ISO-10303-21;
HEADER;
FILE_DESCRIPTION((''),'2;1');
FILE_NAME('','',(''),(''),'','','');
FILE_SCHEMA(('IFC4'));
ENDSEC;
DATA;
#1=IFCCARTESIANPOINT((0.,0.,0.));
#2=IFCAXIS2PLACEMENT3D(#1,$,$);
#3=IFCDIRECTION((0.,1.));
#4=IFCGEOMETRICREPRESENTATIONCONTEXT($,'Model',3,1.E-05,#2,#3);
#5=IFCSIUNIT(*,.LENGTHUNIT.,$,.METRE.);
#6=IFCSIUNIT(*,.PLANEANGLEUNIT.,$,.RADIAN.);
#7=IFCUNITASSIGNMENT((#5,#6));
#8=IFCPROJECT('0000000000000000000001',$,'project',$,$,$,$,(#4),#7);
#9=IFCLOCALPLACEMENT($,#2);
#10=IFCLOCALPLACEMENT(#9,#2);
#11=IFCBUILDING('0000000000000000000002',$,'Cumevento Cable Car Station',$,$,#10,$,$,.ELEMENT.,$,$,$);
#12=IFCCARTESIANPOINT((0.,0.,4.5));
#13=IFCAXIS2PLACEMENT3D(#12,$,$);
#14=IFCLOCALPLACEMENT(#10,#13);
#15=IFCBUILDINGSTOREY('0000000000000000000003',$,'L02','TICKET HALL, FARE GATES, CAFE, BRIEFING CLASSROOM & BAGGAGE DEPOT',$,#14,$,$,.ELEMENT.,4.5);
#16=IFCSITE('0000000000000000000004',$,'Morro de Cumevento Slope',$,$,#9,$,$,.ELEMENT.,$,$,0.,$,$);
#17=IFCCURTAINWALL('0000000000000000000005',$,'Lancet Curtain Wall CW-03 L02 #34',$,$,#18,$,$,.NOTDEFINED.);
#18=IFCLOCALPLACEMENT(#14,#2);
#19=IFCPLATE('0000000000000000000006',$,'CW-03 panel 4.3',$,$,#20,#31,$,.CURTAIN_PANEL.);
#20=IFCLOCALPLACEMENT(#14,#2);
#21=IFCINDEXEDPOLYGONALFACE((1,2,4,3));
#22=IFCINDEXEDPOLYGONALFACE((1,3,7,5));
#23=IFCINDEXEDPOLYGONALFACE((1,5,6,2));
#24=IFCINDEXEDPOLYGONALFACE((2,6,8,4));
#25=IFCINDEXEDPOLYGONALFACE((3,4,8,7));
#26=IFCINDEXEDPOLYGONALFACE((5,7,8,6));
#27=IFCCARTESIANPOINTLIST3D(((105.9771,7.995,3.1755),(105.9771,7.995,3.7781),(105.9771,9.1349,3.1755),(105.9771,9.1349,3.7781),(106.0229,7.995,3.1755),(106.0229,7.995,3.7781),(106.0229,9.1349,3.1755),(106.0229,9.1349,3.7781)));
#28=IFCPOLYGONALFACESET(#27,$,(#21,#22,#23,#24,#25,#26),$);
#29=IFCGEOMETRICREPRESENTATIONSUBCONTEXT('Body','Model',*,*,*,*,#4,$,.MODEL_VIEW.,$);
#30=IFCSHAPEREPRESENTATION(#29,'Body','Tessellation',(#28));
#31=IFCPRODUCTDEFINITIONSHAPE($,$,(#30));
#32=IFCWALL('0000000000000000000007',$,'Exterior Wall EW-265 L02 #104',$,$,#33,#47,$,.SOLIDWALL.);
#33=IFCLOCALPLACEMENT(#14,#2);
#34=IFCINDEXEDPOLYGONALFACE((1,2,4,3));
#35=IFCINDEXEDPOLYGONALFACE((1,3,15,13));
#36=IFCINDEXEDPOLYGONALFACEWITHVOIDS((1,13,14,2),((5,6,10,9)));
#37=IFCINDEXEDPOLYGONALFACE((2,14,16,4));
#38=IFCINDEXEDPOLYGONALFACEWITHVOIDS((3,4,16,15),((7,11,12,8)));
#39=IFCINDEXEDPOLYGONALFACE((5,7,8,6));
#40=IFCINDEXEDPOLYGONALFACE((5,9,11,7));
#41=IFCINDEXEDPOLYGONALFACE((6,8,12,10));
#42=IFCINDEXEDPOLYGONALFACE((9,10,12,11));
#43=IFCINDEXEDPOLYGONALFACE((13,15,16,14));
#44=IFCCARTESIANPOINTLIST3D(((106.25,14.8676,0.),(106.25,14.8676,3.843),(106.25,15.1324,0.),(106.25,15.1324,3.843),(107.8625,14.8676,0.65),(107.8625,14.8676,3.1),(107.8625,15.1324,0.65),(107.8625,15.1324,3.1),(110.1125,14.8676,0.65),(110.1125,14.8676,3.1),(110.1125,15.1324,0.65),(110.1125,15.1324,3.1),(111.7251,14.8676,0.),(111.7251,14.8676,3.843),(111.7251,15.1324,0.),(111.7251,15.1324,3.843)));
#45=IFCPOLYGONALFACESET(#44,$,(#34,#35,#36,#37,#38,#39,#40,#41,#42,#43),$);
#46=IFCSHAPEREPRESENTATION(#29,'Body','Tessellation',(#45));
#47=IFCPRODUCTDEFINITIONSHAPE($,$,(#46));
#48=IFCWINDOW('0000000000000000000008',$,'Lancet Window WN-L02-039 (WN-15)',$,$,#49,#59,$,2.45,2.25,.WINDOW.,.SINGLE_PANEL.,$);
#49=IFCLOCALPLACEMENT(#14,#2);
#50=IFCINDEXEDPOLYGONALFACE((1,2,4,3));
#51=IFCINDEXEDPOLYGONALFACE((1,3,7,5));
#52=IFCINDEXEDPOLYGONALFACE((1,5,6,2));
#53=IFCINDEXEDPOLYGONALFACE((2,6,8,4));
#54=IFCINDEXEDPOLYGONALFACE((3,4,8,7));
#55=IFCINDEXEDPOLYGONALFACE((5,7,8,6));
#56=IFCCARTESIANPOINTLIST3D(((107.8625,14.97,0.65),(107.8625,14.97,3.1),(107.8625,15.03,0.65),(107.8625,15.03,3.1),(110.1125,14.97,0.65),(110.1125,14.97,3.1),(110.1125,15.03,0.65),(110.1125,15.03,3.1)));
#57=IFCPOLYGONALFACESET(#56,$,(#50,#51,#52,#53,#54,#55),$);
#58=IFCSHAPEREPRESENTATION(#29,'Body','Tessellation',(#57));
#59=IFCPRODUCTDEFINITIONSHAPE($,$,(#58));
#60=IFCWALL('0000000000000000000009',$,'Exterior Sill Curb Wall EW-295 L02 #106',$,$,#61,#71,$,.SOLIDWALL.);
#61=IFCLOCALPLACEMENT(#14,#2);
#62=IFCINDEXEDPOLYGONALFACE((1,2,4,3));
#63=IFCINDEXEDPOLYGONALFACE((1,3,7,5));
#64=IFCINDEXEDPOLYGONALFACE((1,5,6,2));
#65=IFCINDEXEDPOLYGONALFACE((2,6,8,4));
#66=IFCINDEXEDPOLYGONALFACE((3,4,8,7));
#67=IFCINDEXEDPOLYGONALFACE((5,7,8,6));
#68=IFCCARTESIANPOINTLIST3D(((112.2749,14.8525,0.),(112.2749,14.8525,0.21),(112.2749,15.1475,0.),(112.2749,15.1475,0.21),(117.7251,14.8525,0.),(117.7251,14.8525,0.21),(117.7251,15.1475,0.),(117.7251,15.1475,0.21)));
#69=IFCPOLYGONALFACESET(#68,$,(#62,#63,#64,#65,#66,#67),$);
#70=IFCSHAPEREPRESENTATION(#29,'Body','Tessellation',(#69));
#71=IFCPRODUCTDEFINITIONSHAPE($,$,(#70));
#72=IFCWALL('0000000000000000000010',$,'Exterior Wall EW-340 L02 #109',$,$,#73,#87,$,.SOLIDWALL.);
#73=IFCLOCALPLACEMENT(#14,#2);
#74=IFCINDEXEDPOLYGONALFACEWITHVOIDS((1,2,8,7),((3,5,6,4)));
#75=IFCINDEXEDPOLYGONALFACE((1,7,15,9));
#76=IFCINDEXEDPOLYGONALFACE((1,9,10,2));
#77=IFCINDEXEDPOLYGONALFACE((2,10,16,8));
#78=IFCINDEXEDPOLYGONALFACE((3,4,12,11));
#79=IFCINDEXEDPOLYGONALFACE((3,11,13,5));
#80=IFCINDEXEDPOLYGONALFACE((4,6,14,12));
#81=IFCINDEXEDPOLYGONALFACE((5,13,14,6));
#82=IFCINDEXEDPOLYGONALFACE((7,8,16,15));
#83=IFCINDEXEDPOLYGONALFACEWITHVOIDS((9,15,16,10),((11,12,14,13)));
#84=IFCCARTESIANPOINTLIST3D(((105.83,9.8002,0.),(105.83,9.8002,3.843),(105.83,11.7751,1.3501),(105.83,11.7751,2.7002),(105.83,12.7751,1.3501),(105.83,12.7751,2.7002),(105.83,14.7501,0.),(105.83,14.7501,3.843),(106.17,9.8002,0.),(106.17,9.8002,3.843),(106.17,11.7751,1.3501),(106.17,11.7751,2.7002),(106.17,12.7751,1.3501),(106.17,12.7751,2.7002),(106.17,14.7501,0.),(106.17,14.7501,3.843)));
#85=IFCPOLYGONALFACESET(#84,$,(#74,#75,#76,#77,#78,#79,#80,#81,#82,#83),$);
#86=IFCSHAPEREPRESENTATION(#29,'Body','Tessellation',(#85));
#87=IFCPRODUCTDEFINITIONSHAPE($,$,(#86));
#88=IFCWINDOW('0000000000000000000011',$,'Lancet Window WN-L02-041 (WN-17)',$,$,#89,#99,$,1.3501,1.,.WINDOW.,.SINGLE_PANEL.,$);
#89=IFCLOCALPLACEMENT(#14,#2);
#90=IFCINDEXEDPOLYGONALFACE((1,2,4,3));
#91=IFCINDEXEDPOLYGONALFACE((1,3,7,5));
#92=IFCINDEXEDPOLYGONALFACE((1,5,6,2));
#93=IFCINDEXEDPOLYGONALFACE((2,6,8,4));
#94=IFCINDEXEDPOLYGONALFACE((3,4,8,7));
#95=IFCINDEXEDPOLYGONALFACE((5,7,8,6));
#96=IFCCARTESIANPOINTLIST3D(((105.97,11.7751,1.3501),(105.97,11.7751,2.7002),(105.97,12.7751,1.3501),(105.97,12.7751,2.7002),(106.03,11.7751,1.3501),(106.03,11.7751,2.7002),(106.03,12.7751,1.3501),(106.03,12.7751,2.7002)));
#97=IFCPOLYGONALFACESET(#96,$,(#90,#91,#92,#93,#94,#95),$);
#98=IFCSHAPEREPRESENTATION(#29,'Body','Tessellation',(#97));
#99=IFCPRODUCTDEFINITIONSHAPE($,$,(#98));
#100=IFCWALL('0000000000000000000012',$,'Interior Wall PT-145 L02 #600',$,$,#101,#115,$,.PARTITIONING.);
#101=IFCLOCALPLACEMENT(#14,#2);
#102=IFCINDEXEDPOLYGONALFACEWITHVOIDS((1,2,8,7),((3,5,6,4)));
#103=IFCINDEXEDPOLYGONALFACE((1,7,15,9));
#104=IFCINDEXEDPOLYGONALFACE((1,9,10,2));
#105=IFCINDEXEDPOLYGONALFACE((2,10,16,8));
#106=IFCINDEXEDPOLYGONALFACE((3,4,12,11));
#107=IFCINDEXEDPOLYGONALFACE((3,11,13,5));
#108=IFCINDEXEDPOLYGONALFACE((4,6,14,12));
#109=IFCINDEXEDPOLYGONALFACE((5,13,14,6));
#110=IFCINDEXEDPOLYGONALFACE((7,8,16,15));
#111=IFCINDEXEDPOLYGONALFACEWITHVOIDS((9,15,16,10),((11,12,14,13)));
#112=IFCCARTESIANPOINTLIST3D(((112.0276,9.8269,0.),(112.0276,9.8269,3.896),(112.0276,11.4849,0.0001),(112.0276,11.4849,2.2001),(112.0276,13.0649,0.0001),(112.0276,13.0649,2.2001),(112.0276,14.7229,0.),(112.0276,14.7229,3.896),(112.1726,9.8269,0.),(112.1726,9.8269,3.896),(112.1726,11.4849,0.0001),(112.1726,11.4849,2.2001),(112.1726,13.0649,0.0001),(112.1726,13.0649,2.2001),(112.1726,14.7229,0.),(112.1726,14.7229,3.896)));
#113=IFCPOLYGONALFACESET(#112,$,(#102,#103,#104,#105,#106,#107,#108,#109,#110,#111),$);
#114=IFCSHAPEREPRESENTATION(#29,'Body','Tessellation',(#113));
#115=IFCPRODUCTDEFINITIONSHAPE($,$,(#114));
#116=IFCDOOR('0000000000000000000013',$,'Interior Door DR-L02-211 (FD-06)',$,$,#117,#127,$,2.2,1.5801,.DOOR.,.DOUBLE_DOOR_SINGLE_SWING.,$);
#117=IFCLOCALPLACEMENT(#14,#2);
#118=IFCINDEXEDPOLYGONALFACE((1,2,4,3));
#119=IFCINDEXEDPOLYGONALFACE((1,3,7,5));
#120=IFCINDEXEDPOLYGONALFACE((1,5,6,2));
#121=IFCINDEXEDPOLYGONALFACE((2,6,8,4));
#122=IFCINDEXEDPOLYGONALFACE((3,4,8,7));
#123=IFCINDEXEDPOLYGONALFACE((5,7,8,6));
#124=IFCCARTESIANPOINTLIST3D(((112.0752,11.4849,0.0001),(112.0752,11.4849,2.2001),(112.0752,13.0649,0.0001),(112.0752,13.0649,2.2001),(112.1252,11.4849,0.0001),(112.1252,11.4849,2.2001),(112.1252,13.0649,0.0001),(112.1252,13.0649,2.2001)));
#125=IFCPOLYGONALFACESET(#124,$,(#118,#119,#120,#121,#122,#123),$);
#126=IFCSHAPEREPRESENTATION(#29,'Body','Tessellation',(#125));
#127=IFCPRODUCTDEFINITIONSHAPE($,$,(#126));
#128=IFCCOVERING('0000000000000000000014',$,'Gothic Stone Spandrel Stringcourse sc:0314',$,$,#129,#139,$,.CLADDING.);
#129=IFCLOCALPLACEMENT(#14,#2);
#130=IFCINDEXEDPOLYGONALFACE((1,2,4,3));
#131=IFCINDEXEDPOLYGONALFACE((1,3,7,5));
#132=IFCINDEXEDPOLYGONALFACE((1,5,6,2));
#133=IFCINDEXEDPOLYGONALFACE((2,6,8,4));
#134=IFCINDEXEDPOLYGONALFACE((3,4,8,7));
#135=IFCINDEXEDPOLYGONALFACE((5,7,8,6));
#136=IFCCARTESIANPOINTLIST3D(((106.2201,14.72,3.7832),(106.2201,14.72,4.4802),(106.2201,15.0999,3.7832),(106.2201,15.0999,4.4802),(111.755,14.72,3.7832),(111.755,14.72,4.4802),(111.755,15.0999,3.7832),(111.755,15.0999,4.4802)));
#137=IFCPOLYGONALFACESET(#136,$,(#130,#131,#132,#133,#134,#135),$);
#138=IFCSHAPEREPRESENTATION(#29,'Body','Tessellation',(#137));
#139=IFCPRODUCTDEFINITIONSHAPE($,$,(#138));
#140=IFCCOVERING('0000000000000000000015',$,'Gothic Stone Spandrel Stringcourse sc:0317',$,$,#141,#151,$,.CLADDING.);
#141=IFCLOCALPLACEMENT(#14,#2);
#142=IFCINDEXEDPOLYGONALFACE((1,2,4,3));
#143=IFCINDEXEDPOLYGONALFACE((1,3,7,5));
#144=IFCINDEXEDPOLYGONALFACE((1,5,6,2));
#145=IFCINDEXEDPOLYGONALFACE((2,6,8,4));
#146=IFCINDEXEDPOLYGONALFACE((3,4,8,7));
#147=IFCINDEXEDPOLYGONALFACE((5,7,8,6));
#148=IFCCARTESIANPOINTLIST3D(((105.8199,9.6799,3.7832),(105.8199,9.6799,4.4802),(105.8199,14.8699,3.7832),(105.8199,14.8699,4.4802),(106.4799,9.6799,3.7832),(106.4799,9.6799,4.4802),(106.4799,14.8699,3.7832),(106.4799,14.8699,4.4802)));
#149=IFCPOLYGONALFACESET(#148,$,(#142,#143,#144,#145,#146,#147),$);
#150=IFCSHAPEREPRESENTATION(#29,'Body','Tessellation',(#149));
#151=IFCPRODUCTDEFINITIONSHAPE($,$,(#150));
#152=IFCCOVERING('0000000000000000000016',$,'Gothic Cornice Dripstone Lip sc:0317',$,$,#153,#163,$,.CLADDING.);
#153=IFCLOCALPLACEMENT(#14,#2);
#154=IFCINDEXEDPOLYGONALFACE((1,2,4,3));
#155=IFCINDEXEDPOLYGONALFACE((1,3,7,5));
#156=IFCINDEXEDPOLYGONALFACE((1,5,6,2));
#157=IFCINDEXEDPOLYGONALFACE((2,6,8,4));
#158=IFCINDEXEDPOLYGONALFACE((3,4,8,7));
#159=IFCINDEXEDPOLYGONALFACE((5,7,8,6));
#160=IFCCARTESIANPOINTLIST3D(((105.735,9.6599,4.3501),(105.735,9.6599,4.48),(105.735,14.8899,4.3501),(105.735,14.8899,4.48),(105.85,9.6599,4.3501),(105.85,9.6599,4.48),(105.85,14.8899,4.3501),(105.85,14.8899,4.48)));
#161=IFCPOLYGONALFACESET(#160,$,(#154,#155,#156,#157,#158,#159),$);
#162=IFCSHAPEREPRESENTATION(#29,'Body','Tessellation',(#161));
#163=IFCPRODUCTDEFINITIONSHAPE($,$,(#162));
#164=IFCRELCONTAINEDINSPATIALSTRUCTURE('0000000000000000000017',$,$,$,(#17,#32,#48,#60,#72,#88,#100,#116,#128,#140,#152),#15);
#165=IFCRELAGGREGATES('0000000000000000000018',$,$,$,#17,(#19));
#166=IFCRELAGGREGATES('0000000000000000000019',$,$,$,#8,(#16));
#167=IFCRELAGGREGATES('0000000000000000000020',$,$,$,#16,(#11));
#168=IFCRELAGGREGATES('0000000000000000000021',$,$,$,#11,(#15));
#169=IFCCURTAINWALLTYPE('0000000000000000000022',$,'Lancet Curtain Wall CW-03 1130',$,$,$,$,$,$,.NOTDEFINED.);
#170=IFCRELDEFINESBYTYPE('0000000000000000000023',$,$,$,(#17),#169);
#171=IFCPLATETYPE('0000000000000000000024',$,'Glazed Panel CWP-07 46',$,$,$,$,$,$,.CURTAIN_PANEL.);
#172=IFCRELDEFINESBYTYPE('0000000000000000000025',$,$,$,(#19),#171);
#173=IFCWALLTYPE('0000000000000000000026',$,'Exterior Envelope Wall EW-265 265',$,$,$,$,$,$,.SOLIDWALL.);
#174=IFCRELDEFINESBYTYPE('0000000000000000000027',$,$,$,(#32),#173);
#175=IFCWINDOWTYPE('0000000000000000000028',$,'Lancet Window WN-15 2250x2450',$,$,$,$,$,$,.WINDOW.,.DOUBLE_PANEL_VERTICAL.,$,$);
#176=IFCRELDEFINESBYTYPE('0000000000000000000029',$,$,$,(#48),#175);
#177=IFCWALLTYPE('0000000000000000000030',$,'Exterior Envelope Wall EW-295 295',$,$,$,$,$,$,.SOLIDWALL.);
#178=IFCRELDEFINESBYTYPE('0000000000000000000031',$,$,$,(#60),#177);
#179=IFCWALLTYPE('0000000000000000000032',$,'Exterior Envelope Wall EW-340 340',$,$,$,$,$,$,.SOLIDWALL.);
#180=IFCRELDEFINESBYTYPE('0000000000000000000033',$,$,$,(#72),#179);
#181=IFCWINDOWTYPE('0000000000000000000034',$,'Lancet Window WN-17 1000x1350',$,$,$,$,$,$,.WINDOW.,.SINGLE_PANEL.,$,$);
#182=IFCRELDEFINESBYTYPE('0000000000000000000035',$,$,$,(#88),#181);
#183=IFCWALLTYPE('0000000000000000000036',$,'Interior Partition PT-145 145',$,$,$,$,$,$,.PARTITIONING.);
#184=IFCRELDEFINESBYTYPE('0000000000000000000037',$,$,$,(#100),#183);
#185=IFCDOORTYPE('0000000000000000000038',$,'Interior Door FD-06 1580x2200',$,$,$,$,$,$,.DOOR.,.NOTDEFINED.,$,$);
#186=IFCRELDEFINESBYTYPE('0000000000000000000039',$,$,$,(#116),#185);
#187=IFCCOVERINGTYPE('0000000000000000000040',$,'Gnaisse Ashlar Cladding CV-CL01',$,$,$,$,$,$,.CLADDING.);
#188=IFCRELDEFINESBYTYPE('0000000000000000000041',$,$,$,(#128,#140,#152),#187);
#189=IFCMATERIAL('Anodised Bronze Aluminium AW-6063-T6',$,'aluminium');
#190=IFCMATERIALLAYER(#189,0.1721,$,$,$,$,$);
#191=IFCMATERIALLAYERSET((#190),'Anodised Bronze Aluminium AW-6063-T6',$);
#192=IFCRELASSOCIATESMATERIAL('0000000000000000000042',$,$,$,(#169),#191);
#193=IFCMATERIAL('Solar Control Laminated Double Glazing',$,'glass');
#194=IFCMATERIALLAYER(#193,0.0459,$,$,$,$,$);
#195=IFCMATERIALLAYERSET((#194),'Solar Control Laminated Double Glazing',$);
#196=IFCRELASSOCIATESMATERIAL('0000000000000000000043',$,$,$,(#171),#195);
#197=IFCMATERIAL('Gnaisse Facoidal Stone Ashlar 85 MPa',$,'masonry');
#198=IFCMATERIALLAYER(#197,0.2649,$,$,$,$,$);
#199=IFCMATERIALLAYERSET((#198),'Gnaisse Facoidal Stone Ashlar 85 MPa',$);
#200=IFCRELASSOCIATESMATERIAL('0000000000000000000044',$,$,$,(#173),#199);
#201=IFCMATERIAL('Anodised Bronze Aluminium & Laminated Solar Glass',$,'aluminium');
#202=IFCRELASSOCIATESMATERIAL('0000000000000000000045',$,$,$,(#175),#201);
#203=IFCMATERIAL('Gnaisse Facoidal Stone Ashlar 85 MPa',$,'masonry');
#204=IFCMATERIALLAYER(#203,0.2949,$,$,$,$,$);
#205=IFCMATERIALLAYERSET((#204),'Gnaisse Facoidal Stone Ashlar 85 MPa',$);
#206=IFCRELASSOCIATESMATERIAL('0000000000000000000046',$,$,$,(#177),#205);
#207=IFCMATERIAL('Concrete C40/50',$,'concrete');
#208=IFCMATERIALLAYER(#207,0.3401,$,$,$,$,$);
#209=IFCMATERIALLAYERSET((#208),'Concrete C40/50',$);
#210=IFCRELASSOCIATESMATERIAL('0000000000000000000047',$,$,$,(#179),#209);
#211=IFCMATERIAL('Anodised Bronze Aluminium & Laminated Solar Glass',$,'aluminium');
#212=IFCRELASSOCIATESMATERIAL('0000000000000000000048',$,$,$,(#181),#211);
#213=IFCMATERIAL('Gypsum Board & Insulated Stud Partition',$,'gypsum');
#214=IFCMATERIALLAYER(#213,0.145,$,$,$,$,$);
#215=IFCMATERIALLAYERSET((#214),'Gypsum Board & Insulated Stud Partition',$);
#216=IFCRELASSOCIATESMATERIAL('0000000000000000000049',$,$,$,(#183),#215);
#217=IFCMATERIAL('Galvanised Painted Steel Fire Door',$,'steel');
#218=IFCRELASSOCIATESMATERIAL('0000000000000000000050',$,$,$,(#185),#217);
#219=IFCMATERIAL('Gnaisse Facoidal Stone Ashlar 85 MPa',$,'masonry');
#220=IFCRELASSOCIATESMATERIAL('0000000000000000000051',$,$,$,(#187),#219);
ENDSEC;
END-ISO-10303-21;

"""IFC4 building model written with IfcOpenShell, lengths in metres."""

from ifc_helpers import new_model, si_unit, direction, frame, frame_2d, origin, origin_2d, place, context, subcontext, project, spatial, rectangle, extrude, material, layer, layer_set, type_object, element, fill, aggregate, save


model = new_model("IFC4")

# Units and contexts
model_context = context("Model", 3, precision=1e-05, world=origin(), true_north=direction((0.0, 1.0)))
body_context = subcontext(model_context, "Body", "Model", "MODEL_VIEW")
ifc_project = project(units=[si_unit("LENGTHUNIT", "METRE"), si_unit("PLANEANGLEUNIT", "RADIAN")], contexts=[model_context])

# Site, building, storey
site_placement = place(None, origin())
site = spatial("IfcSite", under=ifc_project, at=site_placement, Name="Morro de Cumevento Slope", CompositionType="ELEMENT", RefElevation=0.0)
building_placement = place(site_placement, origin())
building = spatial("IfcBuilding", under=site, at=building_placement, Name="Cumevento Cable Car Station", CompositionType="ELEMENT")
storey_placement = place(building_placement, frame((0.0, 0.0, 4.5)))
storey = spatial("IfcBuildingStorey", under=building, at=storey_placement, Name="L02", Description="TICKET HALL, FARE GATES, CAFE, BRIEFING CLASSROOM & BAGGAGE DEPOT", CompositionType="ELEMENT", Elevation=4.5)

# Curtain wall
ifc_material_1 = material(Name="Anodised Bronze Aluminium AW-6063-T6", Category="aluminium")
ifc_layer_1 = layer(ifc_material_1, 0.1721)
ifc_layer_set_1 = layer_set([ifc_layer_1], Name="Anodised Bronze Aluminium AW-6063-T6")
curtain_wall_type = type_object("IfcCurtainWallType", Name="Lancet Curtain Wall CW-03 1130", PredefinedType="NOTDEFINED", material=ifc_layer_set_1)
curtain_wall_placement = place(storey_placement, origin())
curtain_wall = element("IfcCurtainWall", 1, at=curtain_wall_placement, inside=storey, type_object=curtain_wall_type, Name="Lancet Curtain Wall CW-03 L02 #34", PredefinedType="NOTDEFINED")

# Plate
ifc_material_2 = material(Name="Solar Control Laminated Double Glazing", Category="glass")
ifc_layer_2 = layer(ifc_material_2, 0.0459)
ifc_layer_set_2 = layer_set([ifc_layer_2], Name="Solar Control Laminated Double Glazing")
plate_type = type_object("IfcPlateType", Name="Glazed Panel CWP-07 46", PredefinedType="CURTAIN_PANEL", material=ifc_layer_set_2)
plate_1_placement = place(storey_placement, frame((106.0, 8.5649, 3.1755), z_axis=(0.0, 0.0, 1.0), x_axis=(0.0, 1.0, 0.0)))
plate_1 = element("IfcPlate", 2, at=plate_1_placement, type_object=plate_type, Name="CW-03 panel 4.3", PredefinedType="CURTAIN_PANEL", context=body_context, shape_type="SweptSolid", body=[
    extrude(rectangle(XDim=1.1399, YDim=0.0459, at=origin_2d()), origin(), (0.0, 0.0, 1.0), 0.6025),
])
aggregate(curtain_wall, [plate_1])

# Wall, opening, window
ifc_material_3 = material(Name="Gnaisse Facoidal Stone Ashlar 85 MPa", Category="masonry")
ifc_layer_3 = layer(ifc_material_3, 0.2649)
ifc_layer_set_3 = layer_set([ifc_layer_3], Name="Gnaisse Facoidal Stone Ashlar 85 MPa")
wall_type_1 = type_object("IfcWallType", Name="Exterior Envelope Wall EW-265 265", PredefinedType="SOLIDWALL", material=ifc_layer_set_3)
wall_1_placement = place(storey_placement, frame((106.25, 15.0, 0.0), z_axis=(0.0, 0.0, 1.0), x_axis=(1.0, 0.0, 0.0)))
wall_1 = element("IfcWall", 3, at=wall_1_placement, inside=storey, type_object=wall_type_1, Name="Exterior Wall EW-265 L02 #104", PredefinedType="SOLIDWALL", context=body_context, shape_type="SweptSolid", body=[
    extrude(rectangle(XDim=5.4751, YDim=0.2649, at=frame_2d((2.7375, 0.0))), origin(), (0.0, 0.0, 1.0), 3.843),
])
opening_1_placement = place(wall_1_placement, frame((1.6125, 0.0, 0.6499)))
opening_1 = element("IfcOpeningElement", 4, at=opening_1_placement, cuts=wall_1, PredefinedType="OPENING", context=body_context, shape_type="SweptSolid", body=[
    extrude(rectangle(XDim=2.25, YDim=2.45, at=frame_2d((1.125, 1.2251))), frame((0.0, 0.1423, 0.0), z_axis=(0.0, -1.0, 0.0), x_axis=(1.0, 0.0, 0.0)), (0.0, 0.0, 1.0), 0.2849),
])
ifc_material_4 = material(Name="Anodised Bronze Aluminium & Laminated Solar Glass", Category="aluminium")
window_type_1 = type_object("IfcWindowType", Name="Lancet Window WN-15 2250x2450", PartitioningType="DOUBLE_PANEL_VERTICAL", PredefinedType="WINDOW", material=ifc_material_4)
window_1_placement = place(opening_1_placement, origin())
window_1 = element("IfcWindow", 5, at=window_1_placement, inside=storey, type_object=window_type_1, Name="Lancet Window WN-L02-039 (WN-15)", OverallHeight=2.45, OverallWidth=2.25, PartitioningType="SINGLE_PANEL", PredefinedType="WINDOW", context=body_context, shape_type="SweptSolid", body=[
    extrude(rectangle(XDim=2.25, YDim=2.45, at=frame_2d((1.125, 1.2251))), frame((0.0, 0.03, 0.0), z_axis=(0.0, -1.0, 0.0), x_axis=(1.0, 0.0, 0.0)), (0.0, 0.0, 1.0), 0.0601),
])
fill(opening_1, window_1)

# Wall
ifc_material_5 = material(Name="Gnaisse Facoidal Stone Ashlar 85 MPa", Category="masonry")
ifc_layer_4 = layer(ifc_material_5, 0.2949)
ifc_layer_set_4 = layer_set([ifc_layer_4], Name="Gnaisse Facoidal Stone Ashlar 85 MPa")
wall_type_2 = type_object("IfcWallType", Name="Exterior Envelope Wall EW-295 295", PredefinedType="SOLIDWALL", material=ifc_layer_set_4)
wall_2_placement = place(storey_placement, frame((112.2749, 15.0, 0.0), z_axis=(0.0, 0.0, 1.0), x_axis=(1.0, 0.0, 0.0)))
element("IfcWall", 6, at=wall_2_placement, inside=storey, type_object=wall_type_2, Name="Exterior Sill Curb Wall EW-295 L02 #106", PredefinedType="SOLIDWALL", context=body_context, shape_type="SweptSolid", body=[
    extrude(rectangle(XDim=5.4502, YDim=0.2949, at=frame_2d((2.7251, 0.0))), origin(), (0.0, 0.0, 1.0), 0.21),
])

# Wall, opening, window
ifc_material_6 = material(Name="Concrete C40/50", Category="concrete")
ifc_layer_5 = layer(ifc_material_6, 0.3401)
ifc_layer_set_5 = layer_set([ifc_layer_5], Name="Concrete C40/50")
wall_type_3 = type_object("IfcWallType", Name="Exterior Envelope Wall EW-340 340", PredefinedType="SOLIDWALL", material=ifc_layer_set_5)
wall_3_placement = place(storey_placement, frame((106.0, 9.8, 0.0), z_axis=(0.0, 0.0, 1.0), x_axis=(0.0, 1.0, 0.0)))
wall_3 = element("IfcWall", 7, at=wall_3_placement, inside=storey, type_object=wall_type_3, Name="Exterior Wall EW-340 L02 #109", PredefinedType="SOLIDWALL", context=body_context, shape_type="SweptSolid", body=[
    extrude(rectangle(XDim=4.95, YDim=0.3401, at=frame_2d((2.4751, 0.0))), origin(), (0.0, 0.0, 1.0), 3.843),
])
opening_2_placement = place(wall_3_placement, frame((1.9751, 0.0, 1.3501)))
opening_2 = element("IfcOpeningElement", 8, at=opening_2_placement, cuts=wall_3, PredefinedType="OPENING", context=body_context, shape_type="SweptSolid", body=[
    extrude(rectangle(XDim=1.0, YDim=1.3501, at=frame_2d((0.5, 0.675))), frame((0.0, 0.1799, 0.0), z_axis=(0.0, -1.0, 0.0), x_axis=(1.0, 0.0, 0.0)), (0.0, 0.0, 1.0), 0.3601),
])
ifc_material_7 = material(Name="Anodised Bronze Aluminium & Laminated Solar Glass", Category="aluminium")
window_type_2 = type_object("IfcWindowType", Name="Lancet Window WN-17 1000x1350", PartitioningType="SINGLE_PANEL", PredefinedType="WINDOW", material=ifc_material_7)
window_2_placement = place(opening_2_placement, origin())
window_2 = element("IfcWindow", 9, at=window_2_placement, inside=storey, type_object=window_type_2, Name="Lancet Window WN-L02-041 (WN-17)", OverallHeight=1.3501, OverallWidth=1.0, PartitioningType="SINGLE_PANEL", PredefinedType="WINDOW", context=body_context, shape_type="SweptSolid", body=[
    extrude(rectangle(XDim=1.0, YDim=1.3501, at=frame_2d((0.5, 0.675))), frame((0.0, 0.03, 0.0), z_axis=(0.0, -1.0, 0.0), x_axis=(1.0, 0.0, 0.0)), (0.0, 0.0, 1.0), 0.0601),
])
fill(opening_2, window_2)

# Wall, opening, door
ifc_material_8 = material(Name="Gypsum Board & Insulated Stud Partition", Category="gypsum")
ifc_layer_6 = layer(ifc_material_8, 0.145)
ifc_layer_set_6 = layer_set([ifc_layer_6], Name="Gypsum Board & Insulated Stud Partition")
wall_type_4 = type_object("IfcWallType", Name="Interior Partition PT-145 145", PredefinedType="PARTITIONING", material=ifc_layer_set_6)
wall_4_placement = place(storey_placement, frame((112.1001, 9.8269, 0.0), z_axis=(0.0, 0.0, 1.0), x_axis=(0.0, 1.0, 0.0)))
wall_4 = element("IfcWall", 10, at=wall_4_placement, inside=storey, type_object=wall_type_4, Name="Interior Wall PT-145 L02 #600", PredefinedType="PARTITIONING", context=body_context, shape_type="SweptSolid", body=[
    extrude(rectangle(XDim=4.896, YDim=0.145, at=frame_2d((2.448, 0.0))), origin(), (0.0, 0.0, 1.0), 3.896),
])
opening_3_placement = place(wall_4_placement, frame((1.658, 0.0, 0.0)))
opening_3 = element("IfcOpeningElement", 11, at=opening_3_placement, cuts=wall_4, PredefinedType="OPENING", context=body_context, shape_type="SweptSolid", body=[
    extrude(rectangle(XDim=1.5801, YDim=2.2, at=frame_2d((0.79, 1.1001))), frame((0.0, 0.0825, 0.0), z_axis=(0.0, -1.0, 0.0), x_axis=(1.0, 0.0, 0.0)), (0.0, 0.0, 1.0), 0.165),
])
ifc_material_9 = material(Name="Galvanised Painted Steel Fire Door", Category="steel")
door_type = type_object("IfcDoorType", Name="Interior Door FD-06 1580x2200", OperationType="NOTDEFINED", PredefinedType="DOOR", material=ifc_material_9)
door_placement = place(opening_3_placement, origin())
door = element("IfcDoor", 12, at=door_placement, inside=storey, type_object=door_type, Name="Interior Door DR-L02-211 (FD-06)", OperationType="DOUBLE_DOOR_SINGLE_SWING", OverallHeight=2.2, OverallWidth=1.5801, PredefinedType="DOOR", context=body_context, shape_type="SweptSolid", body=[
    extrude(rectangle(XDim=1.5801, YDim=2.2, at=frame_2d((0.79, 1.1001))), frame((0.0, 0.0249, 0.0), z_axis=(0.0, -1.0, 0.0), x_axis=(1.0, 0.0, 0.0)), (0.0, 0.0, 1.0), 0.05),
])
fill(opening_3, door)

# Coverings
ifc_material_10 = material(Name="Gnaisse Facoidal Stone Ashlar 85 MPa", Category="masonry")
covering_type = type_object("IfcCoveringType", Name="Gnaisse Ashlar Cladding CV-CL01", PredefinedType="CLADDING", material=ifc_material_10)
covering_1_placement = place(storey_placement, frame((108.9875, 14.9099, 3.7832), z_axis=(0.0, 0.0, 1.0), x_axis=(1.0, 0.0, 0.0)))
element("IfcCovering", 13, at=covering_1_placement, inside=storey, type_object=covering_type, Name="Gothic Stone Spandrel Stringcourse sc:0314", PredefinedType="CLADDING", context=body_context, shape_type="SweptSolid", body=[
    extrude(rectangle(XDim=5.5349, YDim=0.3799, at=origin_2d()), origin(), (0.0, 0.0, 1.0), 0.697),
])
covering_2_placement = place(storey_placement, frame((106.1499, 12.2749, 3.7832), z_axis=(0.0, 0.0, 1.0), x_axis=(0.0, 1.0, 0.0)))
element("IfcCovering", 14, at=covering_2_placement, inside=storey, type_object=covering_type, Name="Gothic Stone Spandrel Stringcourse sc:0317", PredefinedType="CLADDING", context=body_context, shape_type="SweptSolid", body=[
    extrude(rectangle(XDim=5.1899, YDim=0.6599, at=origin_2d()), origin(), (0.0, 0.0, 1.0), 0.697),
])
covering_3_placement = place(storey_placement, frame((105.7925, 12.2749, 4.3501), z_axis=(0.0, 0.0, 1.0), x_axis=(0.0, 1.0, 0.0)))
element("IfcCovering", 15, at=covering_3_placement, inside=storey, type_object=covering_type, Name="Gothic Cornice Dripstone Lip sc:0317", PredefinedType="CLADDING", context=body_context, shape_type="SweptSolid", body=[
    extrude(rectangle(XDim=5.23, YDim=0.115, at=origin_2d()), origin(), (0.0, 0.0, 1.0), 0.1299),
])

save(model, "model.ifc")
